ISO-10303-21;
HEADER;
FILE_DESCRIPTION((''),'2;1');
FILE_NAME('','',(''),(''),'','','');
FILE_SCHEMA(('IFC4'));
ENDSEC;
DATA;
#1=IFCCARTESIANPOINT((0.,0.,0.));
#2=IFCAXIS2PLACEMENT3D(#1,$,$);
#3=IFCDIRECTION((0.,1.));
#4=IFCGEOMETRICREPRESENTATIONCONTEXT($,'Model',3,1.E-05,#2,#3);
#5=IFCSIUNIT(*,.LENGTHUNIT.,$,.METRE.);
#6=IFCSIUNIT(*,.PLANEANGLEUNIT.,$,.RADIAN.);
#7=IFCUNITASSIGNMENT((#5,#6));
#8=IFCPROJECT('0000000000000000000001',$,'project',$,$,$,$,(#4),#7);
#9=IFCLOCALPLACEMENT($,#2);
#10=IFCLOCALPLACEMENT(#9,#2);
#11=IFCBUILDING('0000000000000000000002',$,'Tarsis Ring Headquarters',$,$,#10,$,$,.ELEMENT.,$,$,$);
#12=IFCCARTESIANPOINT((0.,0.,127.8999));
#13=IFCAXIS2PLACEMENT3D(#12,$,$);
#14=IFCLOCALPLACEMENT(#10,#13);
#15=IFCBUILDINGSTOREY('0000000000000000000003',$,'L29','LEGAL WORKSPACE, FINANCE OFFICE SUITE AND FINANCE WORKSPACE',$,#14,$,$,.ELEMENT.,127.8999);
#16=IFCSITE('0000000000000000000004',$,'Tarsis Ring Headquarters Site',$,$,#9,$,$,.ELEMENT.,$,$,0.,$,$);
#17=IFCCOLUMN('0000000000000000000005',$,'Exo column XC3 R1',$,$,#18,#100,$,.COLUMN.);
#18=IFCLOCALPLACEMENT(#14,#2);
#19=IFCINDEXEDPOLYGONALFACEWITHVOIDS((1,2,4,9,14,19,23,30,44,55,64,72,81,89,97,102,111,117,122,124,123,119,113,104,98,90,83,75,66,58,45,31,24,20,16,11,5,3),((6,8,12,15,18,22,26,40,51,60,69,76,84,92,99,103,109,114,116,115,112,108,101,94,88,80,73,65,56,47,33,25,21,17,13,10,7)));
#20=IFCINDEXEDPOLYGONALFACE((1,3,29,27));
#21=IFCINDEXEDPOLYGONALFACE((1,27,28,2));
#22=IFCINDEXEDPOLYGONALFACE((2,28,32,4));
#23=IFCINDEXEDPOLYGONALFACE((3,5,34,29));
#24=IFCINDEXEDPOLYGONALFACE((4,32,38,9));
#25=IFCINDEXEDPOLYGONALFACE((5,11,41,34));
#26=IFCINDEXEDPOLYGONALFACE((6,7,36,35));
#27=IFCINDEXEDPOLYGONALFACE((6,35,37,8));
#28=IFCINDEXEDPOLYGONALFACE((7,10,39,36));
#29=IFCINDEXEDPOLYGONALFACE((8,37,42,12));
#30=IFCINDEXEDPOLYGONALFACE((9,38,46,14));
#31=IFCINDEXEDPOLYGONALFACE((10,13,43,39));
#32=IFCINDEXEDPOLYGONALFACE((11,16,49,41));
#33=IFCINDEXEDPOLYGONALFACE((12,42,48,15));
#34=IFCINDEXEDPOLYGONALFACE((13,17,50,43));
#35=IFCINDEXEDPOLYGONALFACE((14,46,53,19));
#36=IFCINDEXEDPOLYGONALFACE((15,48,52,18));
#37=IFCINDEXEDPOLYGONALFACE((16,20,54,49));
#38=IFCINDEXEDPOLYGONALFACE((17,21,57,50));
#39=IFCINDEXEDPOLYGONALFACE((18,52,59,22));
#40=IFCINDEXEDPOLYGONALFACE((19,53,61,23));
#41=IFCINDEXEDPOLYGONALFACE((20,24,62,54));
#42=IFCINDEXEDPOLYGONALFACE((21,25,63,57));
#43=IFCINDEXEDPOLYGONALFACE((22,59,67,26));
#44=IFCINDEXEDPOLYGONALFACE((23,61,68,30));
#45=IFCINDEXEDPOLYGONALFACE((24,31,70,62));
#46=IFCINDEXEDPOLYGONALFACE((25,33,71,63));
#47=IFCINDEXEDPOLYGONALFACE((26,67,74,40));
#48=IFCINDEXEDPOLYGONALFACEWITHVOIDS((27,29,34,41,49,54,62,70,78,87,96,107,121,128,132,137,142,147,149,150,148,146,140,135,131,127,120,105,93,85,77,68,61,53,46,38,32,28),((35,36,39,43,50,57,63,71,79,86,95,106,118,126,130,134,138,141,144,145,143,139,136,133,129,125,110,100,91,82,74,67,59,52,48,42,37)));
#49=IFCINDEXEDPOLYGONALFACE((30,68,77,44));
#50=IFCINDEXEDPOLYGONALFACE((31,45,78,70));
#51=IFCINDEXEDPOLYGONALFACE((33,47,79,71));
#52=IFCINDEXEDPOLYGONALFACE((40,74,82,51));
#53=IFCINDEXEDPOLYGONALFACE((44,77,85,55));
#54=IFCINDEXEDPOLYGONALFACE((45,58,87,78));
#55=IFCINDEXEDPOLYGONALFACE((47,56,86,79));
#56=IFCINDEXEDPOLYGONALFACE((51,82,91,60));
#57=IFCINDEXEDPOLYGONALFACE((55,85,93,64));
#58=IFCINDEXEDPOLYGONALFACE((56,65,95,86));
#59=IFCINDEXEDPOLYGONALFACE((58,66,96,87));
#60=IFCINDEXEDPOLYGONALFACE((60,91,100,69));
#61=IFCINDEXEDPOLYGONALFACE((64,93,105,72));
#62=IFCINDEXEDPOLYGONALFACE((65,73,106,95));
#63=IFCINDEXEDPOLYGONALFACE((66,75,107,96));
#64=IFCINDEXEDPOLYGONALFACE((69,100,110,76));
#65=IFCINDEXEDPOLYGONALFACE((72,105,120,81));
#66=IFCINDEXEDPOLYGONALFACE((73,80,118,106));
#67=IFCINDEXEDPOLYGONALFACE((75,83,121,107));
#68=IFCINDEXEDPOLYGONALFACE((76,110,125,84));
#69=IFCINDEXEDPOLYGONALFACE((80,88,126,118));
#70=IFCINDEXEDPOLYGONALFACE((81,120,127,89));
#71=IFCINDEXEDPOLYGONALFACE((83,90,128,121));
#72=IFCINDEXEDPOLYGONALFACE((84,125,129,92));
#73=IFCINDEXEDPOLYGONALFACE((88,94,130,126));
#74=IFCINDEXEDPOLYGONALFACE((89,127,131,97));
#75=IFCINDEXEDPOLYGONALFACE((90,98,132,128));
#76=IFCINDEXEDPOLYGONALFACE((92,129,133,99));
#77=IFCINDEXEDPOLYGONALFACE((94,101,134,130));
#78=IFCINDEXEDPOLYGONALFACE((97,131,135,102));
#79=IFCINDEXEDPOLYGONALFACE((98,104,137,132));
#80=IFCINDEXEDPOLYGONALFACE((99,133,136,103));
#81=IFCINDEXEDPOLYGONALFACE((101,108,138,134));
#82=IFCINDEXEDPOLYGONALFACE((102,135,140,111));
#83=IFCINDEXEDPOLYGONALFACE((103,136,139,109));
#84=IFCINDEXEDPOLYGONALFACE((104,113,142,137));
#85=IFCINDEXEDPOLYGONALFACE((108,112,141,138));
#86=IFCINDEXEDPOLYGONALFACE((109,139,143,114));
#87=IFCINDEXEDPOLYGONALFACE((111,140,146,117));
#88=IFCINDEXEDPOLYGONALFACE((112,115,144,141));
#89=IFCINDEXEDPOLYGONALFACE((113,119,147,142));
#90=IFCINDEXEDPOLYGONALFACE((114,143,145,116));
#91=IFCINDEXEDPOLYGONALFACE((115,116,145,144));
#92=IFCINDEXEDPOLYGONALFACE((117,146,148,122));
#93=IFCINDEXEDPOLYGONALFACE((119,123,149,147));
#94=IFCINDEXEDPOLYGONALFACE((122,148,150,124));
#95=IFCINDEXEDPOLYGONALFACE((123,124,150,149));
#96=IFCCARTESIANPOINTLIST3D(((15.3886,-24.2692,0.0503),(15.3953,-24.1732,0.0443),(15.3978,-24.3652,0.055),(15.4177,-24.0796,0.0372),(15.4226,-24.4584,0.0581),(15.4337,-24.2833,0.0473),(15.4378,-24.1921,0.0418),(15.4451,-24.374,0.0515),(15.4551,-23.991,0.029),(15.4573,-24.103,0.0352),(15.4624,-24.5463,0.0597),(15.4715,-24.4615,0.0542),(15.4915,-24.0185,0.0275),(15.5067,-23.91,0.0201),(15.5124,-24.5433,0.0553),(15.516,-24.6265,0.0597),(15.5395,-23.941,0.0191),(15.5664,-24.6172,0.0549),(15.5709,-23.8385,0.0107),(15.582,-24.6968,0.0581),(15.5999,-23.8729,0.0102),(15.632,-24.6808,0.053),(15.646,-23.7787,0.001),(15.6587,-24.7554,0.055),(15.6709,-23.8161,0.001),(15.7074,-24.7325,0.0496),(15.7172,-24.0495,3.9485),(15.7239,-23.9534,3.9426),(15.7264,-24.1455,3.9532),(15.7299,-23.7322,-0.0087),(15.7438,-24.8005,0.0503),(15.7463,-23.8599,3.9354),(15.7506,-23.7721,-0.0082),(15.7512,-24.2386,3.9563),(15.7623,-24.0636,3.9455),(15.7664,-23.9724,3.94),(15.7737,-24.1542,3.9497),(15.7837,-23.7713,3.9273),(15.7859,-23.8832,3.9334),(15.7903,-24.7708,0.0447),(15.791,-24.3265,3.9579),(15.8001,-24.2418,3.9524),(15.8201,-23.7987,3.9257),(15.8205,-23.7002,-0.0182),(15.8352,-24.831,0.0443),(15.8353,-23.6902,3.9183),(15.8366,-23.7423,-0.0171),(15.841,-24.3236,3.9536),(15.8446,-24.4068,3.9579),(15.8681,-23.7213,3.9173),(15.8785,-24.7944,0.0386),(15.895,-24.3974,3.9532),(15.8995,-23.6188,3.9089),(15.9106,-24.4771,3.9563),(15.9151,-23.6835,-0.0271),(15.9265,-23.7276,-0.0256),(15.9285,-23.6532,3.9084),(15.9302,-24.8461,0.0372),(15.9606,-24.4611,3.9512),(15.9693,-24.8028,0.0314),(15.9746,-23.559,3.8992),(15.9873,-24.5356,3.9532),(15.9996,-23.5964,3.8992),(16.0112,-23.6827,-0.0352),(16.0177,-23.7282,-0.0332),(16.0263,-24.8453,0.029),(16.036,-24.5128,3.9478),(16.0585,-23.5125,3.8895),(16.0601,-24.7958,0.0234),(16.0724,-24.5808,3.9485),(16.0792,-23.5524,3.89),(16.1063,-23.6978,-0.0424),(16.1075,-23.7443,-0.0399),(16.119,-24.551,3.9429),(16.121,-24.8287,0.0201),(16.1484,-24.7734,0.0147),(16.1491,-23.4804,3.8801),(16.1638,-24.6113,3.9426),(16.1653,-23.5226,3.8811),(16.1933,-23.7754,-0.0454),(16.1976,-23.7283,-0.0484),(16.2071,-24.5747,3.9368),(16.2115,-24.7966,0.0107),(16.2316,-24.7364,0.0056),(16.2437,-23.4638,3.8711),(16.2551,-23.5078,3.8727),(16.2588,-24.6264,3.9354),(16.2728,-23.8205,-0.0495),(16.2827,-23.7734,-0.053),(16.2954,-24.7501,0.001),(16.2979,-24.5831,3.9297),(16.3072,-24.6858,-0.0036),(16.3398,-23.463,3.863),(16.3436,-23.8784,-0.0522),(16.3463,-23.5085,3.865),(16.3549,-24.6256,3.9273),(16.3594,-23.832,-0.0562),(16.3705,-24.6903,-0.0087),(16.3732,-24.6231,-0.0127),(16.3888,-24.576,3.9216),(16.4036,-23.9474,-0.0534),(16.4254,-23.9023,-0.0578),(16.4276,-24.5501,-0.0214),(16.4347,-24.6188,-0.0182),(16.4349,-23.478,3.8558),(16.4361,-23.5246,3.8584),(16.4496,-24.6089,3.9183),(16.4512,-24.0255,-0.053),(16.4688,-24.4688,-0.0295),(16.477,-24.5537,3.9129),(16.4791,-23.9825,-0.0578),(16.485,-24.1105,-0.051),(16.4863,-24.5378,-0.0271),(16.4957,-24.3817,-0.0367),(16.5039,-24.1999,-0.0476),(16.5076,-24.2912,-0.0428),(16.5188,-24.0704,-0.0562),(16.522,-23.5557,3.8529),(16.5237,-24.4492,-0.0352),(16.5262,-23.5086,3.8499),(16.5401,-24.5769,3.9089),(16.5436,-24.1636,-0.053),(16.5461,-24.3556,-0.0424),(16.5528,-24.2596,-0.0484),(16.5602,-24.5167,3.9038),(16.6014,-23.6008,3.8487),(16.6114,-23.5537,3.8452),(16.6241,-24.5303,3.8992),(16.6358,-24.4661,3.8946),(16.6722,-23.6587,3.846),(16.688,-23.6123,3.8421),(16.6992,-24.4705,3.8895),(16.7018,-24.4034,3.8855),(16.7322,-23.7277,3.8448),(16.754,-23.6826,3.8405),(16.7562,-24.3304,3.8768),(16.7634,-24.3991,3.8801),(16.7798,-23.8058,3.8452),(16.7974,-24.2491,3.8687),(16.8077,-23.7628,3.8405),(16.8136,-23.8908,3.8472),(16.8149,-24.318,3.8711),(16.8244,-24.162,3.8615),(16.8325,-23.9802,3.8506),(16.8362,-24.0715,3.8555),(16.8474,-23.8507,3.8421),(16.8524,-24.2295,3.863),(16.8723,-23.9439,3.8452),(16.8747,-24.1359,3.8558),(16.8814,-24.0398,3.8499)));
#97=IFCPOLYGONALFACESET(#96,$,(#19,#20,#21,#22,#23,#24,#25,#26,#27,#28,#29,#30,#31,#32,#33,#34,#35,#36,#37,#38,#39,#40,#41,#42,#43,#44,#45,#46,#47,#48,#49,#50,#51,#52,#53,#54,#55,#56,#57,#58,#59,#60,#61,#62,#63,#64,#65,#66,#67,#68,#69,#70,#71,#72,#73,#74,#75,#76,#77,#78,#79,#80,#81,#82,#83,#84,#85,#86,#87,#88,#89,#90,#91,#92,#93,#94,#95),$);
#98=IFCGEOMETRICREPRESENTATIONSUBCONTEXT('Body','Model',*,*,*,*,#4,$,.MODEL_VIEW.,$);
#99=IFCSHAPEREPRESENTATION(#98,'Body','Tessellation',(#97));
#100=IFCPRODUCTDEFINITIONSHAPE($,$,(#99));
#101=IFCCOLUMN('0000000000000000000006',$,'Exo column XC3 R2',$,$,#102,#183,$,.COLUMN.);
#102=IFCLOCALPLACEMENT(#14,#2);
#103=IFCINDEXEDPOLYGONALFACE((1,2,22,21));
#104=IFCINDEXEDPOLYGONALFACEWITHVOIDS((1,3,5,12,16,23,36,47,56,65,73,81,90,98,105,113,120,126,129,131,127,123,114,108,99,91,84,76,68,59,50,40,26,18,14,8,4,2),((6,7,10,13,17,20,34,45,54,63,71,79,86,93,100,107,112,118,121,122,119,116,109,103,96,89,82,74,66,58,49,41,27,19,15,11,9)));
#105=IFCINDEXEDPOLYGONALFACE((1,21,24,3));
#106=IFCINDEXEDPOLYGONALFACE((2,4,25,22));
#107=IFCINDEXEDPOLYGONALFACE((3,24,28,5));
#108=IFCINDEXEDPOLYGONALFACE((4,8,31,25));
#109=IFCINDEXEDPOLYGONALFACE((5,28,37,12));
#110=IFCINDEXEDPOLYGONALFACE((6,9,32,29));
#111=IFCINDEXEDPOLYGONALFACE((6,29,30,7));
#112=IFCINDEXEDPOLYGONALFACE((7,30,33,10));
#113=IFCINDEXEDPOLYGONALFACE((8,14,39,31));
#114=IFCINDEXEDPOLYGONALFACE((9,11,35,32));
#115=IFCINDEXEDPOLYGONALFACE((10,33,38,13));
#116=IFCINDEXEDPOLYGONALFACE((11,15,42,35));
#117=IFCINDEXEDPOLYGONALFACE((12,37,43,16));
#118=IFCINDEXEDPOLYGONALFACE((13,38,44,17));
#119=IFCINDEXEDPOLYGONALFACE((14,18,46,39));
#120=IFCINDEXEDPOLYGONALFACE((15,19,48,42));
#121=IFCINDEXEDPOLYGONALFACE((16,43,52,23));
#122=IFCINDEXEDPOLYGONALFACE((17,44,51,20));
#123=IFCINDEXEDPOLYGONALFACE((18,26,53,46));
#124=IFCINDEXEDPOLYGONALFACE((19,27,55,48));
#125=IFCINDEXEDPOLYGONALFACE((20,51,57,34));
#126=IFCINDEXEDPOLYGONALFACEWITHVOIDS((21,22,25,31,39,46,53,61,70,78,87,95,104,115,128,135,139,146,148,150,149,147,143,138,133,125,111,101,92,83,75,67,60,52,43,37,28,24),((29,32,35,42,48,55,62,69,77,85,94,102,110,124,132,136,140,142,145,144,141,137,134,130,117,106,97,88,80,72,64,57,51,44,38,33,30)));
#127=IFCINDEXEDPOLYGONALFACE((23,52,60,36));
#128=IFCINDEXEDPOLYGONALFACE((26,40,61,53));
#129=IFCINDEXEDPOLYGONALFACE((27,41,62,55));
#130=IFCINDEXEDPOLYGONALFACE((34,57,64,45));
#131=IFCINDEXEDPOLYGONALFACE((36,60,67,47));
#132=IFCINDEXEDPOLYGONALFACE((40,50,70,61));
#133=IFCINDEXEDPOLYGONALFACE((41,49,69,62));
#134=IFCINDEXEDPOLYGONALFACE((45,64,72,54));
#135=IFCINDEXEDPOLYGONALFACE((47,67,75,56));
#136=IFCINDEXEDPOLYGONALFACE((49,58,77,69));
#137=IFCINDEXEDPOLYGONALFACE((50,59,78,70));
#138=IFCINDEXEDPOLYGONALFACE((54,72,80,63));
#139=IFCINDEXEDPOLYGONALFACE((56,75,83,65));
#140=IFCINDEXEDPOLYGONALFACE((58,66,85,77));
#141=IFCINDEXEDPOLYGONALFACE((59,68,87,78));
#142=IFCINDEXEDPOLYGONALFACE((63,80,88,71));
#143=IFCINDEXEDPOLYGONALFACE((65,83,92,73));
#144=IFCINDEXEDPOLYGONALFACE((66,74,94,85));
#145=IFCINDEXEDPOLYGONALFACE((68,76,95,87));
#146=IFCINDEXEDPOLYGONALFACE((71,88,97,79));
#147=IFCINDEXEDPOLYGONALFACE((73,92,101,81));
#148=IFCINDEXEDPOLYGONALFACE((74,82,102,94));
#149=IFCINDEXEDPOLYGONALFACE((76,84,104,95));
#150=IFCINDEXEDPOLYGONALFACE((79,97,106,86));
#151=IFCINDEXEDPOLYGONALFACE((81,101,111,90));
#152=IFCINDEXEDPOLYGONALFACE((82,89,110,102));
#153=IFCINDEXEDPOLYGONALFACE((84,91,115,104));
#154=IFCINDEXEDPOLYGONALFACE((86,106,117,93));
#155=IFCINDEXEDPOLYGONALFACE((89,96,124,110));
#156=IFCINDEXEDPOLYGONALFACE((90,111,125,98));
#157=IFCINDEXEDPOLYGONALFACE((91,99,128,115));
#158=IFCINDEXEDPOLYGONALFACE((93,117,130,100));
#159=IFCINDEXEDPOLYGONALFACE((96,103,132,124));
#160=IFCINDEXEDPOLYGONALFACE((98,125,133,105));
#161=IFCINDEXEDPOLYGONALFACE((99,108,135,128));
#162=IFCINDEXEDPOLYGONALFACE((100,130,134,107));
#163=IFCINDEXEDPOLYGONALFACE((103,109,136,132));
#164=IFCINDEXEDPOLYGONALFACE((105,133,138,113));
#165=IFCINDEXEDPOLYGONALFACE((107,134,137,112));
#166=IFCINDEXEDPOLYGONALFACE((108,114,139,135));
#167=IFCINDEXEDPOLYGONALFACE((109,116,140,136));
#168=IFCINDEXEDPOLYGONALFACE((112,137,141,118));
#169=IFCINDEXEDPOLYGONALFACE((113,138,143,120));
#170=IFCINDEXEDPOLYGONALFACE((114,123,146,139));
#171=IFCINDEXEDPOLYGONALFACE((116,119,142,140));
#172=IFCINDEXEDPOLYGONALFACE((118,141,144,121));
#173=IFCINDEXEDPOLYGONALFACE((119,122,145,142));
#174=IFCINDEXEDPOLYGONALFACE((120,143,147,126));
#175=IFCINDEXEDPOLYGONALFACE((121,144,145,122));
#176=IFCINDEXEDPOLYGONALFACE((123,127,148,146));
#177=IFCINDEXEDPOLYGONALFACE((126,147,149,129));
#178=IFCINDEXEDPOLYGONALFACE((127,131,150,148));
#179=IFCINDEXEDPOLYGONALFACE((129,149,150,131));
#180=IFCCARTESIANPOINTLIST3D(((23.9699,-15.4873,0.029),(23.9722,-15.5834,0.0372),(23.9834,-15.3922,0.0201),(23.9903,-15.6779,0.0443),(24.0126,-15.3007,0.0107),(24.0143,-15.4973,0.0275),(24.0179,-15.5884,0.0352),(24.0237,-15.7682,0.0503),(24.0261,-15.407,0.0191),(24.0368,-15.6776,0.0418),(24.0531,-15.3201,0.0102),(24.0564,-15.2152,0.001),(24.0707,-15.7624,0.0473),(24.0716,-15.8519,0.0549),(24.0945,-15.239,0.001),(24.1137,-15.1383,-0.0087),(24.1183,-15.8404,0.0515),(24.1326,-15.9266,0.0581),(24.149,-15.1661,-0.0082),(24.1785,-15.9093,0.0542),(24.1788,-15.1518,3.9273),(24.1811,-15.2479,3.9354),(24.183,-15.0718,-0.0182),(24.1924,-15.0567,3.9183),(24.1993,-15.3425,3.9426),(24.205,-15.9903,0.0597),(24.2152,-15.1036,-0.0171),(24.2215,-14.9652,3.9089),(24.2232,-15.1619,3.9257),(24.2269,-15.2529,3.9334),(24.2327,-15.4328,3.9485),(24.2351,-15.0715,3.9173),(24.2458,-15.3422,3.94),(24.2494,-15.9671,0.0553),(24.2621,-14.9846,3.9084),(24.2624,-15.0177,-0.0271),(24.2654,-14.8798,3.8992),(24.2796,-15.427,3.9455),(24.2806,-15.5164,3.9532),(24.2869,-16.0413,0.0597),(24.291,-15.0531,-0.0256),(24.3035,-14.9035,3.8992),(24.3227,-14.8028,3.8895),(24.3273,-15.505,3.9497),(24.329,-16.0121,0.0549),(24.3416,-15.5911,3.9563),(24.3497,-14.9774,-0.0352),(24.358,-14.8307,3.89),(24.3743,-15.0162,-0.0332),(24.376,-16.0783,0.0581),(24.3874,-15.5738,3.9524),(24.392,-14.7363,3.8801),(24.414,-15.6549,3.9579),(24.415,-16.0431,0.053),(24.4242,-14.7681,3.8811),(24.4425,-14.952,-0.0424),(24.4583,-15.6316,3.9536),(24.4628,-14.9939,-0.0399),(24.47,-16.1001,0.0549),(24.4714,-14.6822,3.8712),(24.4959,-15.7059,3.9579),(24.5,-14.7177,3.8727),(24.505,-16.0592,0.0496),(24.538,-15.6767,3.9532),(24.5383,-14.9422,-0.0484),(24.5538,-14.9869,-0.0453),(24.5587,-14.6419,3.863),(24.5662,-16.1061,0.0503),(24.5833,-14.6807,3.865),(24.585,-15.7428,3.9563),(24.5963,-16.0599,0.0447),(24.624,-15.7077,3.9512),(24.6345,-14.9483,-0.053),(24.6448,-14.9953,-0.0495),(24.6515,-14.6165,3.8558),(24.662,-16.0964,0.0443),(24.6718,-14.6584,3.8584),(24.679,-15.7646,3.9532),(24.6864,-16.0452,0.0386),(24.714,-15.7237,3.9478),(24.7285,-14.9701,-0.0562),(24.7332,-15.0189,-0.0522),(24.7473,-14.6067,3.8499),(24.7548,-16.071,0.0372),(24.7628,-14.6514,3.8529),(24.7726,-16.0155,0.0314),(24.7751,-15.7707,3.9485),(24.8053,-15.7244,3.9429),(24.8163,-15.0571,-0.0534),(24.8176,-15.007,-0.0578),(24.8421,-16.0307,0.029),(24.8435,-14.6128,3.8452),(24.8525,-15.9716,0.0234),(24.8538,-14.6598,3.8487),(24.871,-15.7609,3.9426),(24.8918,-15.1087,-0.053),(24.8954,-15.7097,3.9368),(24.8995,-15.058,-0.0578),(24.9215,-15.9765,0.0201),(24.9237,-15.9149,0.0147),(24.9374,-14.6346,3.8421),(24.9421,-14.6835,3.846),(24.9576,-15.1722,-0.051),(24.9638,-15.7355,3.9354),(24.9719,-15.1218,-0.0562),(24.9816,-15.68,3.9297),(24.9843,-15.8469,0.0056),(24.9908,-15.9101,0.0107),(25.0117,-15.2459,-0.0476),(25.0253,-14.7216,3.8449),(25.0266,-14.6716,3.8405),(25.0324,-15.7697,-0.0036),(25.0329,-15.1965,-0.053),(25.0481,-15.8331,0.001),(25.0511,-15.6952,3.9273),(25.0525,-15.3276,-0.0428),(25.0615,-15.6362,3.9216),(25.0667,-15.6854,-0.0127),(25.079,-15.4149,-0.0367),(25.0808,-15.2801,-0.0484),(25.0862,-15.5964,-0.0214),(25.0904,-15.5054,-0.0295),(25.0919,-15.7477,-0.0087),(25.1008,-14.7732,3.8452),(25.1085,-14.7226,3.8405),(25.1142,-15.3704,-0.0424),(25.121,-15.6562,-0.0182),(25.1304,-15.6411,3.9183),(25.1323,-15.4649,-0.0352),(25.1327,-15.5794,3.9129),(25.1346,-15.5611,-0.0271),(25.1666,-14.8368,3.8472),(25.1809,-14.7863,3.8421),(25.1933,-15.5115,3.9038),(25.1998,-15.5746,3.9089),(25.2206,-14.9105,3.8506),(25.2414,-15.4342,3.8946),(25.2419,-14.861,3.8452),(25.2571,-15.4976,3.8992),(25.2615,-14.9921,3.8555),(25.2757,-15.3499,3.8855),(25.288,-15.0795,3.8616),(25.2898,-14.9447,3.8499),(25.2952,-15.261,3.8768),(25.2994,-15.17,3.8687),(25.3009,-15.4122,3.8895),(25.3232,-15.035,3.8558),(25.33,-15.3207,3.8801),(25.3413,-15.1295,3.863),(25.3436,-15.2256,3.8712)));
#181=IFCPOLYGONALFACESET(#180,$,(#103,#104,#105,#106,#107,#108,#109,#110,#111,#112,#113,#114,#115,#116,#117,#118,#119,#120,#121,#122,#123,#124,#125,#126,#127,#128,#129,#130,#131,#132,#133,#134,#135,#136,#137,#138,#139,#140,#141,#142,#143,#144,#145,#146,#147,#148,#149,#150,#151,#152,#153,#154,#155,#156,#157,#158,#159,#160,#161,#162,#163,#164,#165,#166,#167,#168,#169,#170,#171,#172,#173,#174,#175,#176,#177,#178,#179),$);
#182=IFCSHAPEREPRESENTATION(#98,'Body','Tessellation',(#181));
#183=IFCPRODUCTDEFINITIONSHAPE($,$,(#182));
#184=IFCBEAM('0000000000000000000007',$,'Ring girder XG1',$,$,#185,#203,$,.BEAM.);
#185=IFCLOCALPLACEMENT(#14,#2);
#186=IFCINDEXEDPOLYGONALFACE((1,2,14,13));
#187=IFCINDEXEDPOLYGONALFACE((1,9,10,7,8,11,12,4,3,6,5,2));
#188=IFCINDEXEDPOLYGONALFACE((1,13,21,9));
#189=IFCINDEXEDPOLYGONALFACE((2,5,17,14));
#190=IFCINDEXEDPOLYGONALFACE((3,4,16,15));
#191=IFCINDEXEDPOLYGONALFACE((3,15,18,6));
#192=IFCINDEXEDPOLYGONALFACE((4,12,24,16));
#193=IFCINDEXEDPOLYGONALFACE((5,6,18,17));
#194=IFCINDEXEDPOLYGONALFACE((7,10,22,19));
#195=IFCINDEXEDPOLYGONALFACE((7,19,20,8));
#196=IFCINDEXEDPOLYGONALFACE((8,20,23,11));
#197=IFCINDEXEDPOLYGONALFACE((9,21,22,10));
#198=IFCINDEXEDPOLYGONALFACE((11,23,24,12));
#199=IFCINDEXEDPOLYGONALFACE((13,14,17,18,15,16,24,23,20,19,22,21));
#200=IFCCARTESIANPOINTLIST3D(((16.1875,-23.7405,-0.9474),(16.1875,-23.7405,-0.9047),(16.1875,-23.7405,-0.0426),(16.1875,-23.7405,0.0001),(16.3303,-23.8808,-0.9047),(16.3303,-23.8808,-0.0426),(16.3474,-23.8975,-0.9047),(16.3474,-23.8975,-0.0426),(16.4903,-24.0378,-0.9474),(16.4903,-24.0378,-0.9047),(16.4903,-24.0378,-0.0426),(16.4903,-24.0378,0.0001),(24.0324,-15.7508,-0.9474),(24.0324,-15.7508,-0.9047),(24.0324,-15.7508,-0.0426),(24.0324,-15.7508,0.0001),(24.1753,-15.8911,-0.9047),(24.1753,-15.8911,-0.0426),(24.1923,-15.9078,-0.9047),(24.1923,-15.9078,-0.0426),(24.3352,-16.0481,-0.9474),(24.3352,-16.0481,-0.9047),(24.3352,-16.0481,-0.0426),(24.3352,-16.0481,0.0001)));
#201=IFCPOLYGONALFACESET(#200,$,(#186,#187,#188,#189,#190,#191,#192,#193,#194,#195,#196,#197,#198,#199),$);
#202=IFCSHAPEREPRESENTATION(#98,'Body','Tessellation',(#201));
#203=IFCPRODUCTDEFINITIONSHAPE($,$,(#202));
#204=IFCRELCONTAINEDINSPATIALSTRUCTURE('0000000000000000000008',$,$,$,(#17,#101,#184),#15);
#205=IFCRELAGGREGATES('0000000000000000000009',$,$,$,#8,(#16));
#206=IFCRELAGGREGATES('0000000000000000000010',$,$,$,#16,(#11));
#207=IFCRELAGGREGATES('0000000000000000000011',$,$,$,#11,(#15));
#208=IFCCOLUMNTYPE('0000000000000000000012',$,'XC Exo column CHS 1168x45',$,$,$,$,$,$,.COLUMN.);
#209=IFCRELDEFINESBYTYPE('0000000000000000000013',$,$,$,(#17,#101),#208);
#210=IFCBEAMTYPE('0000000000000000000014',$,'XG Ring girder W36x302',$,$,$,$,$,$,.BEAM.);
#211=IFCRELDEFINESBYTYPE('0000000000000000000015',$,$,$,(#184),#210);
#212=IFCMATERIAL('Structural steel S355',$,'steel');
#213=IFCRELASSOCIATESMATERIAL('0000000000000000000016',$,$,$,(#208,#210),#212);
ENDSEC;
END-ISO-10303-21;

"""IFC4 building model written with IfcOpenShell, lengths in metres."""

from ifc_helpers import new_model, si_unit, direction, frame, origin, origin_2d, place, context, subcontext, project, spatial, hollow_circle, i_section, extrude, material, material_profile, profile_set, type_object, element, save


model = new_model("IFC4")

# Units and contexts
model_context = context("Model", 3, precision=1e-05, world=origin(), true_north=direction((0.0, 1.0)))
body_context = subcontext(model_context, "Body", "Model", "MODEL_VIEW")
ifc_project = project(units=[si_unit("LENGTHUNIT", "METRE"), si_unit("PLANEANGLEUNIT", "RADIAN")], contexts=[model_context])

# Site, building, storey
site_placement = place(None, origin())
site = spatial("IfcSite", under=ifc_project, at=site_placement, Name="Tarsis Ring Headquarters Site", CompositionType="ELEMENT", RefElevation=0.0)
building_placement = place(site_placement, origin())
building = spatial("IfcBuilding", under=site, at=building_placement, Name="Tarsis Ring Headquarters", CompositionType="ELEMENT")
storey_placement = place(building_placement, frame((0.0, 0.0, 127.8999)))
storey = spatial("IfcBuildingStorey", under=building, at=storey_placement, Name="L29", Description="LEGAL WORKSPACE, FINANCE OFFICE SUITE AND FINANCE WORKSPACE", CompositionType="ELEMENT", Elevation=127.8999)

# Columns
ifc_material_1 = material(Name="Structural steel S355", Category="steel")
ifc_material_profile_1 = material_profile(ifc_material_1, hollow_circle(Radius=0.5842, WallThickness=0.0449, at=origin_2d()), Name="CHS 1168x45")
ifc_profile_set_1 = profile_set([ifc_material_profile_1], Name="Structural steel S355")
column_type = type_object("IfcColumnType", Name="XC Exo column CHS 1168x45", PredefinedType="COLUMN", material=ifc_profile_set_1)
for number, where, z_axis, x_axis, name in (
    (1, (15.9707, -24.2644, 0.001), (0.083869, 0.056079, 0.994898), (-0.55584, 0.831289, 0.0), "Exo column XC3 R1"),
    (2, (24.5522, -15.5242, 0.001), (0.053337, 0.085614, 0.9949), (-0.848761, 0.528777, 0.0), "Exo column XC3 R2"),
):
    element("IfcColumn", number, at=place(storey_placement, frame(where, z_axis=z_axis, x_axis=x_axis)), inside=storey, type_object=column_type, Name=name, PredefinedType="COLUMN", context=body_context, shape_type="SweptSolid", body=[
        extrude(hollow_circle(Radius=0.5842, WallThickness=0.0449, at=origin_2d()), origin(), (0.0, 0.0, 1.0), 3.9182),
    ])

# Beam
ifc_material_profile_2 = material_profile(ifc_material_1, i_section(OverallWidth=0.4243, OverallDepth=0.9475, WebThickness=0.0239, FlangeThickness=0.0427, at=origin_2d()), Name="W36x302")
ifc_profile_set_2 = profile_set([ifc_material_profile_2], Name="Structural steel S355")
beam_type = type_object("IfcBeamType", Name="XG Ring girder W36x302", PredefinedType="BEAM", material=ifc_profile_set_2)
for number, where, z_axis, x_axis, name in (
    (3, (16.3389, -23.8892, -0.4736), (0.700612, 0.713542, 0.0), (-0.713542, 0.700612, 0.0), "Ring girder XG1"),
):
    element("IfcBeam", number, at=place(storey_placement, frame(where, z_axis=z_axis, x_axis=x_axis)), inside=storey, type_object=beam_type, Name=name, PredefinedType="BEAM", context=body_context, shape_type="SweptSolid", body=[
        extrude(i_section(OverallWidth=0.4243, OverallDepth=0.9475, WebThickness=0.0239, FlangeThickness=0.0427, at=origin_2d()), origin(), (0.0, 0.0, 1.0), 11.1973),
    ])

save(model, "model.ifc")
